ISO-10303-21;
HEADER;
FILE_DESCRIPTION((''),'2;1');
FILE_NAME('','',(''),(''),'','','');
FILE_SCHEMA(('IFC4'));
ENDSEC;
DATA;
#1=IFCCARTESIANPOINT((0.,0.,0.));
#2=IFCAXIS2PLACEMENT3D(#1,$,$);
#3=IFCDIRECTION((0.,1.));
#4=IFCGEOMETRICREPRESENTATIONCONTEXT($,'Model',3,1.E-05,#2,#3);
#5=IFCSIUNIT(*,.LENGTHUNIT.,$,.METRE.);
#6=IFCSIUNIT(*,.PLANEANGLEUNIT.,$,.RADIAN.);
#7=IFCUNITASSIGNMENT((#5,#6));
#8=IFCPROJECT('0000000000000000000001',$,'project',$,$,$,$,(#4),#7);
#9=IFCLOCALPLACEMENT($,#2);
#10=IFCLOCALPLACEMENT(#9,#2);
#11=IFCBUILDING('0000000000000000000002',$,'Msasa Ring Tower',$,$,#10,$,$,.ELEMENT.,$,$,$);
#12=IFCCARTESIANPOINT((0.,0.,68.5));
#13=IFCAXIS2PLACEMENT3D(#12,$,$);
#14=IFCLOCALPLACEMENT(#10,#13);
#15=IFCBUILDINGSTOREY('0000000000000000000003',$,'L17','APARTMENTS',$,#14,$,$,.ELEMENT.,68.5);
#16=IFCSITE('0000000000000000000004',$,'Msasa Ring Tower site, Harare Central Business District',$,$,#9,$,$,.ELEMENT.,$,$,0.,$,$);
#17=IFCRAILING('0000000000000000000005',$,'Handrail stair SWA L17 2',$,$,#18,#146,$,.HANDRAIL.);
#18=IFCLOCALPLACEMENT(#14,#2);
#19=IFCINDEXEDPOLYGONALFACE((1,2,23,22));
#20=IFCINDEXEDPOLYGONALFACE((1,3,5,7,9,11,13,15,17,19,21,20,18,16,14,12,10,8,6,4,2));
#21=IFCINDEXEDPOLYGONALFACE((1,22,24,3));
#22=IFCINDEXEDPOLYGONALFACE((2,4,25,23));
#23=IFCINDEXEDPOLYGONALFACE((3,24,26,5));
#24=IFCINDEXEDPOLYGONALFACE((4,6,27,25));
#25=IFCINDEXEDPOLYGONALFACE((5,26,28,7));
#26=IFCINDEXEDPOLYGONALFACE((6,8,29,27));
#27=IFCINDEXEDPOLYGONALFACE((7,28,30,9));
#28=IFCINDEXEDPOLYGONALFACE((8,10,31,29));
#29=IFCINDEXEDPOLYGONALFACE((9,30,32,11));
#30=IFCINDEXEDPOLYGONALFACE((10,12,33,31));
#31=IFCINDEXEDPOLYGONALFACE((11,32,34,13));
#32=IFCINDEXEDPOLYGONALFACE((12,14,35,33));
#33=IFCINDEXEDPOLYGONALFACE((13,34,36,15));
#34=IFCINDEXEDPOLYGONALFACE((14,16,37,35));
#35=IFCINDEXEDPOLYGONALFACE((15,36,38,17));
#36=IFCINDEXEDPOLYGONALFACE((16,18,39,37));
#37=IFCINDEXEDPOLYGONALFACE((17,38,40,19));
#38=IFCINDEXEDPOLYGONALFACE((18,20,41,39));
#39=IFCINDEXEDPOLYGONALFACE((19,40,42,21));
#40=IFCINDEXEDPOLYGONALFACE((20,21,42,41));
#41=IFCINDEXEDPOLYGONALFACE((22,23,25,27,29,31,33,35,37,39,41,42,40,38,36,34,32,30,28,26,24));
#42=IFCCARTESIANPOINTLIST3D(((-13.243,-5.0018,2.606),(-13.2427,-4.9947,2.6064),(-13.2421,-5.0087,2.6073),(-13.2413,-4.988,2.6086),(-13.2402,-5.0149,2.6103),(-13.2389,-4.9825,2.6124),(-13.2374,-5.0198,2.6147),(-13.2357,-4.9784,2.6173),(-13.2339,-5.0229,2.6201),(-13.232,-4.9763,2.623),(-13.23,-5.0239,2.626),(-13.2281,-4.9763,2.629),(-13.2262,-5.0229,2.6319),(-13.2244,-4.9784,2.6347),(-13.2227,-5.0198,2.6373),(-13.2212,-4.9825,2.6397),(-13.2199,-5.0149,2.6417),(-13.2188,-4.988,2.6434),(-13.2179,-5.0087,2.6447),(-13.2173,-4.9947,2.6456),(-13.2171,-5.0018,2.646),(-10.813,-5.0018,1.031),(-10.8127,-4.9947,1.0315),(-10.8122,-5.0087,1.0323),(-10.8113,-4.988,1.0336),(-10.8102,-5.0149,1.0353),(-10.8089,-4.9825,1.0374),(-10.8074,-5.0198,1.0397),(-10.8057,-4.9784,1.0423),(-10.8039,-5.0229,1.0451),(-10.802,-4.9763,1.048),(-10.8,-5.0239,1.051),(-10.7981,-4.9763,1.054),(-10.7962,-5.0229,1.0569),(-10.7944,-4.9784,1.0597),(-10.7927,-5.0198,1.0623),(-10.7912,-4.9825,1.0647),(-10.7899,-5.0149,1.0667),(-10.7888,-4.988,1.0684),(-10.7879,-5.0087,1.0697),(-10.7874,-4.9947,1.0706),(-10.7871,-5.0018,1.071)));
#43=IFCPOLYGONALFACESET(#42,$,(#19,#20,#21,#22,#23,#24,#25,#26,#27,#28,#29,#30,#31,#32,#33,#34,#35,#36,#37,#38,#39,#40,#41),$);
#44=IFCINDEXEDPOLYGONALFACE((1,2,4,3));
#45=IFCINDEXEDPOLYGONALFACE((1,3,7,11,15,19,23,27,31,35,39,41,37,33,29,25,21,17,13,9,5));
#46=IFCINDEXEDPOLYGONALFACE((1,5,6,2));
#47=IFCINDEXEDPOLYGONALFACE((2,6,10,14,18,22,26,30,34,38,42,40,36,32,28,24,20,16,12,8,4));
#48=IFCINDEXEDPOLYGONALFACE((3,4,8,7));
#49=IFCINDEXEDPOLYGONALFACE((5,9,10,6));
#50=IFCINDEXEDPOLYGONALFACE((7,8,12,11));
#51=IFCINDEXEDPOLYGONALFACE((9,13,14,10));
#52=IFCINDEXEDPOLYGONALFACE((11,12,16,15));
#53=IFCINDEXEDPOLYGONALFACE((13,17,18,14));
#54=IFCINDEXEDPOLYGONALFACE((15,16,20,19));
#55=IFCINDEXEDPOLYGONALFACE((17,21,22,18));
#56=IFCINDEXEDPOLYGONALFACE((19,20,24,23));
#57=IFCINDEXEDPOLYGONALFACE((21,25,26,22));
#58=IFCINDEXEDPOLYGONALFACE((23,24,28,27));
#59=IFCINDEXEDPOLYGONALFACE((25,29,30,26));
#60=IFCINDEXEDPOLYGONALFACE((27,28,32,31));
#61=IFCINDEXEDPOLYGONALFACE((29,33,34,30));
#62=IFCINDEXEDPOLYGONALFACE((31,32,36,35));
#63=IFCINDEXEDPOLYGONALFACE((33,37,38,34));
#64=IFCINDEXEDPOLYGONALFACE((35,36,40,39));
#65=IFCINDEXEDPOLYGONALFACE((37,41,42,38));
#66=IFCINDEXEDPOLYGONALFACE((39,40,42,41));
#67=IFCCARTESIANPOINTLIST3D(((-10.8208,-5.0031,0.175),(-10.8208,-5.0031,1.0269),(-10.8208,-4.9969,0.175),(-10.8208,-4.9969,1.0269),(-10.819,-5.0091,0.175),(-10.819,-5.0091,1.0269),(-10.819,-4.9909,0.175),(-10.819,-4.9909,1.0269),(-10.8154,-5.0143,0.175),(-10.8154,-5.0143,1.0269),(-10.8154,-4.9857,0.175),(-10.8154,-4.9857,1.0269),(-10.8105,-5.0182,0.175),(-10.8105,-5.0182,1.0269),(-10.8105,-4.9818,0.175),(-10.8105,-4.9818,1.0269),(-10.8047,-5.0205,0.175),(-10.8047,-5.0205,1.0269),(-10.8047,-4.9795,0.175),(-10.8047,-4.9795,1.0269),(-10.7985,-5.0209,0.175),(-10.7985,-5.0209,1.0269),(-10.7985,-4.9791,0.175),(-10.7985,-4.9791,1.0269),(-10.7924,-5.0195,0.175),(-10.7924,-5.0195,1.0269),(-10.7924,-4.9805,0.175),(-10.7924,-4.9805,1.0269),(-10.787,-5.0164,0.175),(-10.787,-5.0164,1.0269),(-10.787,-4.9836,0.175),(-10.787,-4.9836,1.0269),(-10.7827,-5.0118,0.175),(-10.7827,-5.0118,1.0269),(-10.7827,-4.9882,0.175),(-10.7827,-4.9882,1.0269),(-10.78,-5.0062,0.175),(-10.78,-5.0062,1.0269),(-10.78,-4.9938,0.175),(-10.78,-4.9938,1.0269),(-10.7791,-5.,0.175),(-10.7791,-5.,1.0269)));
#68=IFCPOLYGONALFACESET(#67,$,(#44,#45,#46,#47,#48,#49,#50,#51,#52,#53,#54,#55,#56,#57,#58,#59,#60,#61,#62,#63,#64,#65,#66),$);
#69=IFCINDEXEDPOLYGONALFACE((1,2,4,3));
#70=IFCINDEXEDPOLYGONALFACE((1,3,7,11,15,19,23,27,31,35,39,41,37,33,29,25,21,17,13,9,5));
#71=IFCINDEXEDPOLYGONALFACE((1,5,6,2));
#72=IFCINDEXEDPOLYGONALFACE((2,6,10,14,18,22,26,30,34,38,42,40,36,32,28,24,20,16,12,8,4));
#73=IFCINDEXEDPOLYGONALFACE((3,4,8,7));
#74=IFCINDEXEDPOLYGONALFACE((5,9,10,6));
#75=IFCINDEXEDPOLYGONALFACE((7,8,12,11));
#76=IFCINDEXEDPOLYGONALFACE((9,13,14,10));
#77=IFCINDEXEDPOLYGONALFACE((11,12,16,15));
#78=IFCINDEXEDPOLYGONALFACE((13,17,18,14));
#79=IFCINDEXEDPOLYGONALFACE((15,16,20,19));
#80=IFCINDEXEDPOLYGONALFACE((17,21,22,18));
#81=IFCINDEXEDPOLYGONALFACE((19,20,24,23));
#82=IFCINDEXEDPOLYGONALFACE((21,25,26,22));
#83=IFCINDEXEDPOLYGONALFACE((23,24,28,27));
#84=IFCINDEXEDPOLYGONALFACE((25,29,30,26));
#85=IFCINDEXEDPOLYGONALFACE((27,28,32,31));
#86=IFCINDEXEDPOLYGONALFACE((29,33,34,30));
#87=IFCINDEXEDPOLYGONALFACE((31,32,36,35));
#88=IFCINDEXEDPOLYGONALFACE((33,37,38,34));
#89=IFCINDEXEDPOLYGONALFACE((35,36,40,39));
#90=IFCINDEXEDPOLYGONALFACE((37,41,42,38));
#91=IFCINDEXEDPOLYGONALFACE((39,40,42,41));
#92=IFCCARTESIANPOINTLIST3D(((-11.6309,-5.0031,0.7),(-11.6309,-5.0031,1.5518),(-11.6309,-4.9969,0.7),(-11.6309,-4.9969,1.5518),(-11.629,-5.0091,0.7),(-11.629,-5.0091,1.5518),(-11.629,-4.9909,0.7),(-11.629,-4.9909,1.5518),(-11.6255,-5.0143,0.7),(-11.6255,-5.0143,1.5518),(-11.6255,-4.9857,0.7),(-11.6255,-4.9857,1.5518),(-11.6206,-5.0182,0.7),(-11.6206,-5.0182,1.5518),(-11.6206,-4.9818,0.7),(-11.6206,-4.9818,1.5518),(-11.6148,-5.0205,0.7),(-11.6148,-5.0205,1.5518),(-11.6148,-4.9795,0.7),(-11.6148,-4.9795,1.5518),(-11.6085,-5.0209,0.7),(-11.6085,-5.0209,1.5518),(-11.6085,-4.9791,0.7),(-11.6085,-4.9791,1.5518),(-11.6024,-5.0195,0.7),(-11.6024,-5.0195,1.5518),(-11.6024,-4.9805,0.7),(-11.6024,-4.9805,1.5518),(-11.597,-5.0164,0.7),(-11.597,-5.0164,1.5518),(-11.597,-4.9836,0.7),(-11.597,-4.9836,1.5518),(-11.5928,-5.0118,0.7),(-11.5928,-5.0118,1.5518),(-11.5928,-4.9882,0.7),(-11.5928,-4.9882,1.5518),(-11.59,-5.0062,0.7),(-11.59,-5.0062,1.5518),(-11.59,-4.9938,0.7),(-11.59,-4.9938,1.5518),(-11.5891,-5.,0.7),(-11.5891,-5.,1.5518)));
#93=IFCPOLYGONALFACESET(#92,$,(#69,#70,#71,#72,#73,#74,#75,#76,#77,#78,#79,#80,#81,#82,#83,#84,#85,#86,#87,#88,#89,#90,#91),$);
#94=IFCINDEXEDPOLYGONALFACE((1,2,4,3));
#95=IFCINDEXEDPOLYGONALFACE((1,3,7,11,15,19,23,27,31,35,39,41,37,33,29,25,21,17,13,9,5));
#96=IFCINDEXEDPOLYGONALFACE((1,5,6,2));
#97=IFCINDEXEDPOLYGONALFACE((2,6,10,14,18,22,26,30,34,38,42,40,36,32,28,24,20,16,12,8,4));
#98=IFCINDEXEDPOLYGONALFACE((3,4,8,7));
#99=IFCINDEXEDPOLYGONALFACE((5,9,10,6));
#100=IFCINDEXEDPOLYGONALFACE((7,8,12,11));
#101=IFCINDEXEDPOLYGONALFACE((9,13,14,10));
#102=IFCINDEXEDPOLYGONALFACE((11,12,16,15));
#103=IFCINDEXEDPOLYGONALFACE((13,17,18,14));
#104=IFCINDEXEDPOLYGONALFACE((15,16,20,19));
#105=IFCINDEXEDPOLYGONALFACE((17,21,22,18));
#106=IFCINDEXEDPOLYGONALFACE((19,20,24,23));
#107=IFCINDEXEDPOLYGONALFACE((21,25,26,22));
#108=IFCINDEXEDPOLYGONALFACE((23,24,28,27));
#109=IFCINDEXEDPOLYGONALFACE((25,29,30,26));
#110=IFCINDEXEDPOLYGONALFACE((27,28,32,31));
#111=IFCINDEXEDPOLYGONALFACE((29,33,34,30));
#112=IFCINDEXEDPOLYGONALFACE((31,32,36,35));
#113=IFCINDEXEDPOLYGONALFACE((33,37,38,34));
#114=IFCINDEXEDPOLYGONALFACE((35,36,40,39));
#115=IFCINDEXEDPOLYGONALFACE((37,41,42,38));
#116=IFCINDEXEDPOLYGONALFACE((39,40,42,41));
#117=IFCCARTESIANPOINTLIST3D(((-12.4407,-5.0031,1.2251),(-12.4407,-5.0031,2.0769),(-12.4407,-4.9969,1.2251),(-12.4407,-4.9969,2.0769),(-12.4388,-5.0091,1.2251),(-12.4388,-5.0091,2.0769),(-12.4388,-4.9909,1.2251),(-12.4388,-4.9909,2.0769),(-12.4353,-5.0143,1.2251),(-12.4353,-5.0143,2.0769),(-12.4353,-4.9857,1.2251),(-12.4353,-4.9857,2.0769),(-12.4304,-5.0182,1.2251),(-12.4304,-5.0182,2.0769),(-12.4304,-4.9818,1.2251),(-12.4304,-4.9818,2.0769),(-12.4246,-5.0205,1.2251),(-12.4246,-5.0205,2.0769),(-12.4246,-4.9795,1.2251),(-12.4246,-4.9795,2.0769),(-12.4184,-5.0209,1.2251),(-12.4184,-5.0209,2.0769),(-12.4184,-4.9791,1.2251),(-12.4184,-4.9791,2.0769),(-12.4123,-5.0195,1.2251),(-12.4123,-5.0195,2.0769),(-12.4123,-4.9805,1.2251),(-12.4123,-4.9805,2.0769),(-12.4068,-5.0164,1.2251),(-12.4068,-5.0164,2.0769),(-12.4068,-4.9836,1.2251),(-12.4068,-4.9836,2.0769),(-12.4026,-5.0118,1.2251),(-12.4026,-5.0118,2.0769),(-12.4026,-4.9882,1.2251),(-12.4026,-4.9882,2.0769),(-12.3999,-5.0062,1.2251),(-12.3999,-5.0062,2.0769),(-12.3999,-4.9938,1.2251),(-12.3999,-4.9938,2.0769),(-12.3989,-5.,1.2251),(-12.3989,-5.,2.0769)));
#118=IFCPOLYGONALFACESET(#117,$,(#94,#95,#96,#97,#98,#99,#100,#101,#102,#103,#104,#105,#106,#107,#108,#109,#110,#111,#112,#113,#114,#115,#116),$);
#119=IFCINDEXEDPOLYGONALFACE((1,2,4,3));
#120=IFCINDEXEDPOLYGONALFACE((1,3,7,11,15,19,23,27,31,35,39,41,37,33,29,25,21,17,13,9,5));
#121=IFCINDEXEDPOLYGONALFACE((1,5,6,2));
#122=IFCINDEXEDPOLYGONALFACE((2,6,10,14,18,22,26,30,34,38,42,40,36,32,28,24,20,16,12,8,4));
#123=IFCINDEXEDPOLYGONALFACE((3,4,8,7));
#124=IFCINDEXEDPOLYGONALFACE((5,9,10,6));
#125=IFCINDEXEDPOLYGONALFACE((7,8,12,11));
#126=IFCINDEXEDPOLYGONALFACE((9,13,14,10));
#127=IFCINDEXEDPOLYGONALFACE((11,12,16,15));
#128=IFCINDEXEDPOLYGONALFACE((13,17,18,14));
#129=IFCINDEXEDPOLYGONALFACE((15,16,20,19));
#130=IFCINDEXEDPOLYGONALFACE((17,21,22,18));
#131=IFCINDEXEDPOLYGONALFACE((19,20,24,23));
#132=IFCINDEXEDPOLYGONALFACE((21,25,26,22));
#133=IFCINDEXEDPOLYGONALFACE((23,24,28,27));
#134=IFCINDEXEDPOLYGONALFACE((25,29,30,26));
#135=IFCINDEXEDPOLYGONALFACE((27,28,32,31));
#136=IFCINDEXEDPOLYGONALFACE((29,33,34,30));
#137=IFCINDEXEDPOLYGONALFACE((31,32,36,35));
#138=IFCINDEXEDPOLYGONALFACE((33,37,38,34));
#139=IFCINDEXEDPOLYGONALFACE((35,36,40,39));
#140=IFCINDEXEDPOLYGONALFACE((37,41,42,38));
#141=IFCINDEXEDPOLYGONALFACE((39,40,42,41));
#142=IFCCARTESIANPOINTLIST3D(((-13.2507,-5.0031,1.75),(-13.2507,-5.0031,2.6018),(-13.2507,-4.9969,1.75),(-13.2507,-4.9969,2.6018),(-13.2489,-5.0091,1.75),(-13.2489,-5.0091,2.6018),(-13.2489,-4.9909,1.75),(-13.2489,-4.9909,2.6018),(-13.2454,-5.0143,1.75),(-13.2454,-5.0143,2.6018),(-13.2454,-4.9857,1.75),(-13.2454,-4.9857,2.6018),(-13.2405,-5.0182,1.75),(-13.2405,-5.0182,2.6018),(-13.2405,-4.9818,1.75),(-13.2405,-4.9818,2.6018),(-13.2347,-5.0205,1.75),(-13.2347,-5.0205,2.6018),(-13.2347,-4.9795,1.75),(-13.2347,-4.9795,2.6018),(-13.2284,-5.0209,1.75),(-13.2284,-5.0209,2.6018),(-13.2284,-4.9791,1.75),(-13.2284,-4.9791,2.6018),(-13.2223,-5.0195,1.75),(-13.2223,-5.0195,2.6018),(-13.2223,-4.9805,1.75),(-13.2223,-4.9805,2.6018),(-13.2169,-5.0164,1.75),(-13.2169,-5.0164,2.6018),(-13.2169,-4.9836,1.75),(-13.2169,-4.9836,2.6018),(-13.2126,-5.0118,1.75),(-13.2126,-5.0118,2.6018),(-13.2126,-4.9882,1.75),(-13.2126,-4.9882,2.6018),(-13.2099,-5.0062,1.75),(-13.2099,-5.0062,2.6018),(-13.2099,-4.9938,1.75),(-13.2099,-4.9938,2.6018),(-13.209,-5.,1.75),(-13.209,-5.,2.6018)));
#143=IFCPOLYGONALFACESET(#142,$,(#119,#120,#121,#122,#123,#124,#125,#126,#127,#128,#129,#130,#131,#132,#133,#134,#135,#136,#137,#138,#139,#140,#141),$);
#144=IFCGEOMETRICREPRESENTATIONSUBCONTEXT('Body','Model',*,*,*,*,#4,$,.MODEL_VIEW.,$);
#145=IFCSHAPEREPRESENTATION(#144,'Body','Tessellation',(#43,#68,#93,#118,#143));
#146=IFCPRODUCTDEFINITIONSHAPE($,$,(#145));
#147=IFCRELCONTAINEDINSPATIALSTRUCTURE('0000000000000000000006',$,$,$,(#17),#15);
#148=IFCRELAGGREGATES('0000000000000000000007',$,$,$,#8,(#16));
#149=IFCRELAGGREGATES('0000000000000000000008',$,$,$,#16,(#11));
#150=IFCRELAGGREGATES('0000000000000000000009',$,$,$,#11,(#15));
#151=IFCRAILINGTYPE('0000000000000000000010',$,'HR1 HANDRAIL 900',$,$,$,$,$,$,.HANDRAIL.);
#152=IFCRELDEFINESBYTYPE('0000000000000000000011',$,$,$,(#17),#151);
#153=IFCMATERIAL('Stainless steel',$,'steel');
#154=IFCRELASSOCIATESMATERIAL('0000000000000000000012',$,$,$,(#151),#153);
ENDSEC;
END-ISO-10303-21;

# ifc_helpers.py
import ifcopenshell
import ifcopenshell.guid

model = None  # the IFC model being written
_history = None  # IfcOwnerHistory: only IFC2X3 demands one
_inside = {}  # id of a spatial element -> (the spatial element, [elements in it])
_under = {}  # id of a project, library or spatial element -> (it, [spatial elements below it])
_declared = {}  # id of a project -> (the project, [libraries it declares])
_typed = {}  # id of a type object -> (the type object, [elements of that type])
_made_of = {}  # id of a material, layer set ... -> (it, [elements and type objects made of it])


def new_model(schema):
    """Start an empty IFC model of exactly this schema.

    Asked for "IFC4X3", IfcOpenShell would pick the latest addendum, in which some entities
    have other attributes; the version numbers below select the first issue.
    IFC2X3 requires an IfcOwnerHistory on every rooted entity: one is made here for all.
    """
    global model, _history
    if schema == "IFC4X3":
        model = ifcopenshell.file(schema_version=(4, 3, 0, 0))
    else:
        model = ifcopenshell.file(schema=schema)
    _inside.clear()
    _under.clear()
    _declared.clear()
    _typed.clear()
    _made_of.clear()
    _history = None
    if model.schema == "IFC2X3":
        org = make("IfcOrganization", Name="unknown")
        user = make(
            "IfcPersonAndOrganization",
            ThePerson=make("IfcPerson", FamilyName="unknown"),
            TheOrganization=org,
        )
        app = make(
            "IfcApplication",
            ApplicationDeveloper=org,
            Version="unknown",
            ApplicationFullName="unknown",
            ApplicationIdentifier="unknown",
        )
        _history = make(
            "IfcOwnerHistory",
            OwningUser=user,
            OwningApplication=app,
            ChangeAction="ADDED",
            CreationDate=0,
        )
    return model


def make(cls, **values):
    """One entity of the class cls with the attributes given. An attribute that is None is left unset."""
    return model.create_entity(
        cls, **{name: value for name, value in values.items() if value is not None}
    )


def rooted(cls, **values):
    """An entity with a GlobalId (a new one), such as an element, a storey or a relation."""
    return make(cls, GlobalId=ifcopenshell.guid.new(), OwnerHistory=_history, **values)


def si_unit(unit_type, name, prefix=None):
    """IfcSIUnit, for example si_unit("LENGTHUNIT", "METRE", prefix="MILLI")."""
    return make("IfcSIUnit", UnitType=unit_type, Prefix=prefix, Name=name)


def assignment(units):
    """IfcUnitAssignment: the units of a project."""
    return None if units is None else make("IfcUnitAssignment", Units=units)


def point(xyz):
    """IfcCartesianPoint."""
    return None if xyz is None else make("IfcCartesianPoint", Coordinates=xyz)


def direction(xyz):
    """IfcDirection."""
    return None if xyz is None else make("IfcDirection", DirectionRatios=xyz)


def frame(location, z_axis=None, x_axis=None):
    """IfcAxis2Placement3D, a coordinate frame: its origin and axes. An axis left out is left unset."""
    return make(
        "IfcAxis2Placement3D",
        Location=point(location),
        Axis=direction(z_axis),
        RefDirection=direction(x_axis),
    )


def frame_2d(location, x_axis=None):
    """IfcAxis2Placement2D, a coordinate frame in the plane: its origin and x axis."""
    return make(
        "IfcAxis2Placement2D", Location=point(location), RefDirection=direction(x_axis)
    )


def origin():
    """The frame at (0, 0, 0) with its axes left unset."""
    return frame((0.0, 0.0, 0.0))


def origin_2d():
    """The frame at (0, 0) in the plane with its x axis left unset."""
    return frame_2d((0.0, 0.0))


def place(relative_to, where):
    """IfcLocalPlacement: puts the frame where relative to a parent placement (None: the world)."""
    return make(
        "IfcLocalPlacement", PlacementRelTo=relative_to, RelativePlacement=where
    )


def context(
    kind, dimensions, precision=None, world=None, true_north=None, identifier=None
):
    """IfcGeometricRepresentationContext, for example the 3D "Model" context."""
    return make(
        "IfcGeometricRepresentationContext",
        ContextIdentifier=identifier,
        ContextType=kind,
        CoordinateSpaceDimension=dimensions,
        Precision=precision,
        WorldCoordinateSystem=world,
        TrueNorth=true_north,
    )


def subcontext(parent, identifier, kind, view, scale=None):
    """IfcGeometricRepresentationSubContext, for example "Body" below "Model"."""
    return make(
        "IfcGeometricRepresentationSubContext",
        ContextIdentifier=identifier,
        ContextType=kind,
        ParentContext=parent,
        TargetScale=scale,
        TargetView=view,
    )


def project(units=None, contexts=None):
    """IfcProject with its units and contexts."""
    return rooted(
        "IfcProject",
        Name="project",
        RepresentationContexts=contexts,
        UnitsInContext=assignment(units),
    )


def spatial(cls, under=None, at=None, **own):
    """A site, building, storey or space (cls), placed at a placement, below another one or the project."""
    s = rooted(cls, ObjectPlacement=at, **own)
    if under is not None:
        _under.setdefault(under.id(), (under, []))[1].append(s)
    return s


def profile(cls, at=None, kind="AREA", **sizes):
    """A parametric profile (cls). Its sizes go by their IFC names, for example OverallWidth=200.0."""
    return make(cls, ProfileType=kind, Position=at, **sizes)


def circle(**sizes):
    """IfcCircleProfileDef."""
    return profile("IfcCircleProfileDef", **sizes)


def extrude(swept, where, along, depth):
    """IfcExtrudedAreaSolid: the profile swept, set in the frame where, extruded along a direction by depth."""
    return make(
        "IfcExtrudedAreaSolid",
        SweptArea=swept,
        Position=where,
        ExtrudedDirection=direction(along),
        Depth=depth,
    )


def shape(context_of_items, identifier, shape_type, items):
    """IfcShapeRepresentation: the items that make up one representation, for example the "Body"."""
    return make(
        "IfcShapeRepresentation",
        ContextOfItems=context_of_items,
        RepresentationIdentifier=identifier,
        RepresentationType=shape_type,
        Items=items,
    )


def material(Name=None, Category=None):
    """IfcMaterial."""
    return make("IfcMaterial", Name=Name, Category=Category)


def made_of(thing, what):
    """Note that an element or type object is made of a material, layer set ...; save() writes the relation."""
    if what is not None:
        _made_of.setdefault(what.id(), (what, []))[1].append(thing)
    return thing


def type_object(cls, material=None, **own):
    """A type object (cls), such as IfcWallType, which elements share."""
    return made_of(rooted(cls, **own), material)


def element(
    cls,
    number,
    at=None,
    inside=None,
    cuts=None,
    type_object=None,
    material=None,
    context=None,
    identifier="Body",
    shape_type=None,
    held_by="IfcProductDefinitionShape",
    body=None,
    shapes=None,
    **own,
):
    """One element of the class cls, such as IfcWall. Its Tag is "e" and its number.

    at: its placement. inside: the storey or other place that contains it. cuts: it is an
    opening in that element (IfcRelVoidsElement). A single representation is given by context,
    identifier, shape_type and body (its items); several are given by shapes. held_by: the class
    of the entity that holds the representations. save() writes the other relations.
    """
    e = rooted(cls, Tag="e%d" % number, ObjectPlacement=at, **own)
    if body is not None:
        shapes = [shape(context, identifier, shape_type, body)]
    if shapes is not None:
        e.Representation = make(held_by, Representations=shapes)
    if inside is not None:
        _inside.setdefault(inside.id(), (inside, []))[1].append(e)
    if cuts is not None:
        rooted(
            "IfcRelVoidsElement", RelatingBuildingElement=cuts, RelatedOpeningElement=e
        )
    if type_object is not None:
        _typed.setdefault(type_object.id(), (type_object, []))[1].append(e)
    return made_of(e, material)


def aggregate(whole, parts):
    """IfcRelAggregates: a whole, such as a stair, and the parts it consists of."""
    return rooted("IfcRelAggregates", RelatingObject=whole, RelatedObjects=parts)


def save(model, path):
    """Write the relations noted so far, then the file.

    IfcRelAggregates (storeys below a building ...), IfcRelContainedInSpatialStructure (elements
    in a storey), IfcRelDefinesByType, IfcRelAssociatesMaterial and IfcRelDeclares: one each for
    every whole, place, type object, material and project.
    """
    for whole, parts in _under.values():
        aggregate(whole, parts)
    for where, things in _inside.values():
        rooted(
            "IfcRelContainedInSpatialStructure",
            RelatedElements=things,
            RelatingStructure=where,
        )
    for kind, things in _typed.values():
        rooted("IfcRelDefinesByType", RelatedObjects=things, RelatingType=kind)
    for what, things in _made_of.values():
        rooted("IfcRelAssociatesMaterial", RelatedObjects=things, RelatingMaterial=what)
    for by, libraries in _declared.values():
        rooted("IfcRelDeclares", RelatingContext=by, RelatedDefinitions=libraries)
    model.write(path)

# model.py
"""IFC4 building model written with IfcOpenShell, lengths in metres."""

from ifc_helpers import new_model, si_unit, direction, frame, origin, origin_2d, place, context, subcontext, project, spatial, circle, extrude, material, type_object, element, save


model = new_model("IFC4")

# Units and contexts
model_context = context("Model", 3, precision=1e-05, world=origin(), true_north=direction((0.0, 1.0)))
body_context = subcontext(model_context, "Body", "Model", "MODEL_VIEW")
ifc_project = project(units=[si_unit("LENGTHUNIT", "METRE"), si_unit("PLANEANGLEUNIT", "RADIAN")], contexts=[model_context])

# Site, building, storey
site_placement = place(None, origin())
site = spatial("IfcSite", under=ifc_project, at=site_placement, Name="Msasa Ring Tower site, Harare Central Business District", CompositionType="ELEMENT", RefElevation=0.0)
building_placement = place(site_placement, origin())
building = spatial("IfcBuilding", under=site, at=building_placement, Name="Msasa Ring Tower", CompositionType="ELEMENT")
storey_placement = place(building_placement, frame((0.0, 0.0, 68.5)))
storey = spatial("IfcBuildingStorey", under=building, at=storey_placement, Name="L17", Description="APARTMENTS", CompositionType="ELEMENT", Elevation=68.5)

# Railing
ifc_material_1 = material(Name="Stainless steel", Category="steel")
railing_type = type_object("IfcRailingType", Name="HR1 HANDRAIL 900", PredefinedType="HANDRAIL", material=ifc_material_1)
for number, where, name in (
    (1, (-10.8, -5.0, 0.175), "Handrail stair SWA L17 2"),
):
    element("IfcRailing", number, at=place(storey_placement, frame(where)), inside=storey, type_object=railing_type, Name=name, PredefinedType="HANDRAIL", context=body_context, shape_type="SweptSolid", body=[
        extrude(circle(Radius=0.0239, at=origin_2d()), frame((0.0, 0.0, 0.876), z_axis=(-0.839154, 0.0, 0.543894), x_axis=(0.0, -1.0, 0.0)), (0.0, 0.0, 1.0), 2.8958),
        extrude(circle(Radius=0.021, at=origin_2d()), origin(), (0.0, 0.0, 1.0), 0.8518),
        extrude(circle(Radius=0.021, at=origin_2d()), frame((-0.8101, 0.0, 0.5249)), (0.0, 0.0, 1.0), 0.8518),
        extrude(circle(Radius=0.021, at=origin_2d()), frame((-1.6199, 0.0, 1.05)), (0.0, 0.0, 1.0), 0.8518),
        extrude(circle(Radius=0.021, at=origin_2d()), frame((-2.4299, 0.0, 1.575)), (0.0, 0.0, 1.0), 0.8518),
    ])

save(model, "model.ifc")
